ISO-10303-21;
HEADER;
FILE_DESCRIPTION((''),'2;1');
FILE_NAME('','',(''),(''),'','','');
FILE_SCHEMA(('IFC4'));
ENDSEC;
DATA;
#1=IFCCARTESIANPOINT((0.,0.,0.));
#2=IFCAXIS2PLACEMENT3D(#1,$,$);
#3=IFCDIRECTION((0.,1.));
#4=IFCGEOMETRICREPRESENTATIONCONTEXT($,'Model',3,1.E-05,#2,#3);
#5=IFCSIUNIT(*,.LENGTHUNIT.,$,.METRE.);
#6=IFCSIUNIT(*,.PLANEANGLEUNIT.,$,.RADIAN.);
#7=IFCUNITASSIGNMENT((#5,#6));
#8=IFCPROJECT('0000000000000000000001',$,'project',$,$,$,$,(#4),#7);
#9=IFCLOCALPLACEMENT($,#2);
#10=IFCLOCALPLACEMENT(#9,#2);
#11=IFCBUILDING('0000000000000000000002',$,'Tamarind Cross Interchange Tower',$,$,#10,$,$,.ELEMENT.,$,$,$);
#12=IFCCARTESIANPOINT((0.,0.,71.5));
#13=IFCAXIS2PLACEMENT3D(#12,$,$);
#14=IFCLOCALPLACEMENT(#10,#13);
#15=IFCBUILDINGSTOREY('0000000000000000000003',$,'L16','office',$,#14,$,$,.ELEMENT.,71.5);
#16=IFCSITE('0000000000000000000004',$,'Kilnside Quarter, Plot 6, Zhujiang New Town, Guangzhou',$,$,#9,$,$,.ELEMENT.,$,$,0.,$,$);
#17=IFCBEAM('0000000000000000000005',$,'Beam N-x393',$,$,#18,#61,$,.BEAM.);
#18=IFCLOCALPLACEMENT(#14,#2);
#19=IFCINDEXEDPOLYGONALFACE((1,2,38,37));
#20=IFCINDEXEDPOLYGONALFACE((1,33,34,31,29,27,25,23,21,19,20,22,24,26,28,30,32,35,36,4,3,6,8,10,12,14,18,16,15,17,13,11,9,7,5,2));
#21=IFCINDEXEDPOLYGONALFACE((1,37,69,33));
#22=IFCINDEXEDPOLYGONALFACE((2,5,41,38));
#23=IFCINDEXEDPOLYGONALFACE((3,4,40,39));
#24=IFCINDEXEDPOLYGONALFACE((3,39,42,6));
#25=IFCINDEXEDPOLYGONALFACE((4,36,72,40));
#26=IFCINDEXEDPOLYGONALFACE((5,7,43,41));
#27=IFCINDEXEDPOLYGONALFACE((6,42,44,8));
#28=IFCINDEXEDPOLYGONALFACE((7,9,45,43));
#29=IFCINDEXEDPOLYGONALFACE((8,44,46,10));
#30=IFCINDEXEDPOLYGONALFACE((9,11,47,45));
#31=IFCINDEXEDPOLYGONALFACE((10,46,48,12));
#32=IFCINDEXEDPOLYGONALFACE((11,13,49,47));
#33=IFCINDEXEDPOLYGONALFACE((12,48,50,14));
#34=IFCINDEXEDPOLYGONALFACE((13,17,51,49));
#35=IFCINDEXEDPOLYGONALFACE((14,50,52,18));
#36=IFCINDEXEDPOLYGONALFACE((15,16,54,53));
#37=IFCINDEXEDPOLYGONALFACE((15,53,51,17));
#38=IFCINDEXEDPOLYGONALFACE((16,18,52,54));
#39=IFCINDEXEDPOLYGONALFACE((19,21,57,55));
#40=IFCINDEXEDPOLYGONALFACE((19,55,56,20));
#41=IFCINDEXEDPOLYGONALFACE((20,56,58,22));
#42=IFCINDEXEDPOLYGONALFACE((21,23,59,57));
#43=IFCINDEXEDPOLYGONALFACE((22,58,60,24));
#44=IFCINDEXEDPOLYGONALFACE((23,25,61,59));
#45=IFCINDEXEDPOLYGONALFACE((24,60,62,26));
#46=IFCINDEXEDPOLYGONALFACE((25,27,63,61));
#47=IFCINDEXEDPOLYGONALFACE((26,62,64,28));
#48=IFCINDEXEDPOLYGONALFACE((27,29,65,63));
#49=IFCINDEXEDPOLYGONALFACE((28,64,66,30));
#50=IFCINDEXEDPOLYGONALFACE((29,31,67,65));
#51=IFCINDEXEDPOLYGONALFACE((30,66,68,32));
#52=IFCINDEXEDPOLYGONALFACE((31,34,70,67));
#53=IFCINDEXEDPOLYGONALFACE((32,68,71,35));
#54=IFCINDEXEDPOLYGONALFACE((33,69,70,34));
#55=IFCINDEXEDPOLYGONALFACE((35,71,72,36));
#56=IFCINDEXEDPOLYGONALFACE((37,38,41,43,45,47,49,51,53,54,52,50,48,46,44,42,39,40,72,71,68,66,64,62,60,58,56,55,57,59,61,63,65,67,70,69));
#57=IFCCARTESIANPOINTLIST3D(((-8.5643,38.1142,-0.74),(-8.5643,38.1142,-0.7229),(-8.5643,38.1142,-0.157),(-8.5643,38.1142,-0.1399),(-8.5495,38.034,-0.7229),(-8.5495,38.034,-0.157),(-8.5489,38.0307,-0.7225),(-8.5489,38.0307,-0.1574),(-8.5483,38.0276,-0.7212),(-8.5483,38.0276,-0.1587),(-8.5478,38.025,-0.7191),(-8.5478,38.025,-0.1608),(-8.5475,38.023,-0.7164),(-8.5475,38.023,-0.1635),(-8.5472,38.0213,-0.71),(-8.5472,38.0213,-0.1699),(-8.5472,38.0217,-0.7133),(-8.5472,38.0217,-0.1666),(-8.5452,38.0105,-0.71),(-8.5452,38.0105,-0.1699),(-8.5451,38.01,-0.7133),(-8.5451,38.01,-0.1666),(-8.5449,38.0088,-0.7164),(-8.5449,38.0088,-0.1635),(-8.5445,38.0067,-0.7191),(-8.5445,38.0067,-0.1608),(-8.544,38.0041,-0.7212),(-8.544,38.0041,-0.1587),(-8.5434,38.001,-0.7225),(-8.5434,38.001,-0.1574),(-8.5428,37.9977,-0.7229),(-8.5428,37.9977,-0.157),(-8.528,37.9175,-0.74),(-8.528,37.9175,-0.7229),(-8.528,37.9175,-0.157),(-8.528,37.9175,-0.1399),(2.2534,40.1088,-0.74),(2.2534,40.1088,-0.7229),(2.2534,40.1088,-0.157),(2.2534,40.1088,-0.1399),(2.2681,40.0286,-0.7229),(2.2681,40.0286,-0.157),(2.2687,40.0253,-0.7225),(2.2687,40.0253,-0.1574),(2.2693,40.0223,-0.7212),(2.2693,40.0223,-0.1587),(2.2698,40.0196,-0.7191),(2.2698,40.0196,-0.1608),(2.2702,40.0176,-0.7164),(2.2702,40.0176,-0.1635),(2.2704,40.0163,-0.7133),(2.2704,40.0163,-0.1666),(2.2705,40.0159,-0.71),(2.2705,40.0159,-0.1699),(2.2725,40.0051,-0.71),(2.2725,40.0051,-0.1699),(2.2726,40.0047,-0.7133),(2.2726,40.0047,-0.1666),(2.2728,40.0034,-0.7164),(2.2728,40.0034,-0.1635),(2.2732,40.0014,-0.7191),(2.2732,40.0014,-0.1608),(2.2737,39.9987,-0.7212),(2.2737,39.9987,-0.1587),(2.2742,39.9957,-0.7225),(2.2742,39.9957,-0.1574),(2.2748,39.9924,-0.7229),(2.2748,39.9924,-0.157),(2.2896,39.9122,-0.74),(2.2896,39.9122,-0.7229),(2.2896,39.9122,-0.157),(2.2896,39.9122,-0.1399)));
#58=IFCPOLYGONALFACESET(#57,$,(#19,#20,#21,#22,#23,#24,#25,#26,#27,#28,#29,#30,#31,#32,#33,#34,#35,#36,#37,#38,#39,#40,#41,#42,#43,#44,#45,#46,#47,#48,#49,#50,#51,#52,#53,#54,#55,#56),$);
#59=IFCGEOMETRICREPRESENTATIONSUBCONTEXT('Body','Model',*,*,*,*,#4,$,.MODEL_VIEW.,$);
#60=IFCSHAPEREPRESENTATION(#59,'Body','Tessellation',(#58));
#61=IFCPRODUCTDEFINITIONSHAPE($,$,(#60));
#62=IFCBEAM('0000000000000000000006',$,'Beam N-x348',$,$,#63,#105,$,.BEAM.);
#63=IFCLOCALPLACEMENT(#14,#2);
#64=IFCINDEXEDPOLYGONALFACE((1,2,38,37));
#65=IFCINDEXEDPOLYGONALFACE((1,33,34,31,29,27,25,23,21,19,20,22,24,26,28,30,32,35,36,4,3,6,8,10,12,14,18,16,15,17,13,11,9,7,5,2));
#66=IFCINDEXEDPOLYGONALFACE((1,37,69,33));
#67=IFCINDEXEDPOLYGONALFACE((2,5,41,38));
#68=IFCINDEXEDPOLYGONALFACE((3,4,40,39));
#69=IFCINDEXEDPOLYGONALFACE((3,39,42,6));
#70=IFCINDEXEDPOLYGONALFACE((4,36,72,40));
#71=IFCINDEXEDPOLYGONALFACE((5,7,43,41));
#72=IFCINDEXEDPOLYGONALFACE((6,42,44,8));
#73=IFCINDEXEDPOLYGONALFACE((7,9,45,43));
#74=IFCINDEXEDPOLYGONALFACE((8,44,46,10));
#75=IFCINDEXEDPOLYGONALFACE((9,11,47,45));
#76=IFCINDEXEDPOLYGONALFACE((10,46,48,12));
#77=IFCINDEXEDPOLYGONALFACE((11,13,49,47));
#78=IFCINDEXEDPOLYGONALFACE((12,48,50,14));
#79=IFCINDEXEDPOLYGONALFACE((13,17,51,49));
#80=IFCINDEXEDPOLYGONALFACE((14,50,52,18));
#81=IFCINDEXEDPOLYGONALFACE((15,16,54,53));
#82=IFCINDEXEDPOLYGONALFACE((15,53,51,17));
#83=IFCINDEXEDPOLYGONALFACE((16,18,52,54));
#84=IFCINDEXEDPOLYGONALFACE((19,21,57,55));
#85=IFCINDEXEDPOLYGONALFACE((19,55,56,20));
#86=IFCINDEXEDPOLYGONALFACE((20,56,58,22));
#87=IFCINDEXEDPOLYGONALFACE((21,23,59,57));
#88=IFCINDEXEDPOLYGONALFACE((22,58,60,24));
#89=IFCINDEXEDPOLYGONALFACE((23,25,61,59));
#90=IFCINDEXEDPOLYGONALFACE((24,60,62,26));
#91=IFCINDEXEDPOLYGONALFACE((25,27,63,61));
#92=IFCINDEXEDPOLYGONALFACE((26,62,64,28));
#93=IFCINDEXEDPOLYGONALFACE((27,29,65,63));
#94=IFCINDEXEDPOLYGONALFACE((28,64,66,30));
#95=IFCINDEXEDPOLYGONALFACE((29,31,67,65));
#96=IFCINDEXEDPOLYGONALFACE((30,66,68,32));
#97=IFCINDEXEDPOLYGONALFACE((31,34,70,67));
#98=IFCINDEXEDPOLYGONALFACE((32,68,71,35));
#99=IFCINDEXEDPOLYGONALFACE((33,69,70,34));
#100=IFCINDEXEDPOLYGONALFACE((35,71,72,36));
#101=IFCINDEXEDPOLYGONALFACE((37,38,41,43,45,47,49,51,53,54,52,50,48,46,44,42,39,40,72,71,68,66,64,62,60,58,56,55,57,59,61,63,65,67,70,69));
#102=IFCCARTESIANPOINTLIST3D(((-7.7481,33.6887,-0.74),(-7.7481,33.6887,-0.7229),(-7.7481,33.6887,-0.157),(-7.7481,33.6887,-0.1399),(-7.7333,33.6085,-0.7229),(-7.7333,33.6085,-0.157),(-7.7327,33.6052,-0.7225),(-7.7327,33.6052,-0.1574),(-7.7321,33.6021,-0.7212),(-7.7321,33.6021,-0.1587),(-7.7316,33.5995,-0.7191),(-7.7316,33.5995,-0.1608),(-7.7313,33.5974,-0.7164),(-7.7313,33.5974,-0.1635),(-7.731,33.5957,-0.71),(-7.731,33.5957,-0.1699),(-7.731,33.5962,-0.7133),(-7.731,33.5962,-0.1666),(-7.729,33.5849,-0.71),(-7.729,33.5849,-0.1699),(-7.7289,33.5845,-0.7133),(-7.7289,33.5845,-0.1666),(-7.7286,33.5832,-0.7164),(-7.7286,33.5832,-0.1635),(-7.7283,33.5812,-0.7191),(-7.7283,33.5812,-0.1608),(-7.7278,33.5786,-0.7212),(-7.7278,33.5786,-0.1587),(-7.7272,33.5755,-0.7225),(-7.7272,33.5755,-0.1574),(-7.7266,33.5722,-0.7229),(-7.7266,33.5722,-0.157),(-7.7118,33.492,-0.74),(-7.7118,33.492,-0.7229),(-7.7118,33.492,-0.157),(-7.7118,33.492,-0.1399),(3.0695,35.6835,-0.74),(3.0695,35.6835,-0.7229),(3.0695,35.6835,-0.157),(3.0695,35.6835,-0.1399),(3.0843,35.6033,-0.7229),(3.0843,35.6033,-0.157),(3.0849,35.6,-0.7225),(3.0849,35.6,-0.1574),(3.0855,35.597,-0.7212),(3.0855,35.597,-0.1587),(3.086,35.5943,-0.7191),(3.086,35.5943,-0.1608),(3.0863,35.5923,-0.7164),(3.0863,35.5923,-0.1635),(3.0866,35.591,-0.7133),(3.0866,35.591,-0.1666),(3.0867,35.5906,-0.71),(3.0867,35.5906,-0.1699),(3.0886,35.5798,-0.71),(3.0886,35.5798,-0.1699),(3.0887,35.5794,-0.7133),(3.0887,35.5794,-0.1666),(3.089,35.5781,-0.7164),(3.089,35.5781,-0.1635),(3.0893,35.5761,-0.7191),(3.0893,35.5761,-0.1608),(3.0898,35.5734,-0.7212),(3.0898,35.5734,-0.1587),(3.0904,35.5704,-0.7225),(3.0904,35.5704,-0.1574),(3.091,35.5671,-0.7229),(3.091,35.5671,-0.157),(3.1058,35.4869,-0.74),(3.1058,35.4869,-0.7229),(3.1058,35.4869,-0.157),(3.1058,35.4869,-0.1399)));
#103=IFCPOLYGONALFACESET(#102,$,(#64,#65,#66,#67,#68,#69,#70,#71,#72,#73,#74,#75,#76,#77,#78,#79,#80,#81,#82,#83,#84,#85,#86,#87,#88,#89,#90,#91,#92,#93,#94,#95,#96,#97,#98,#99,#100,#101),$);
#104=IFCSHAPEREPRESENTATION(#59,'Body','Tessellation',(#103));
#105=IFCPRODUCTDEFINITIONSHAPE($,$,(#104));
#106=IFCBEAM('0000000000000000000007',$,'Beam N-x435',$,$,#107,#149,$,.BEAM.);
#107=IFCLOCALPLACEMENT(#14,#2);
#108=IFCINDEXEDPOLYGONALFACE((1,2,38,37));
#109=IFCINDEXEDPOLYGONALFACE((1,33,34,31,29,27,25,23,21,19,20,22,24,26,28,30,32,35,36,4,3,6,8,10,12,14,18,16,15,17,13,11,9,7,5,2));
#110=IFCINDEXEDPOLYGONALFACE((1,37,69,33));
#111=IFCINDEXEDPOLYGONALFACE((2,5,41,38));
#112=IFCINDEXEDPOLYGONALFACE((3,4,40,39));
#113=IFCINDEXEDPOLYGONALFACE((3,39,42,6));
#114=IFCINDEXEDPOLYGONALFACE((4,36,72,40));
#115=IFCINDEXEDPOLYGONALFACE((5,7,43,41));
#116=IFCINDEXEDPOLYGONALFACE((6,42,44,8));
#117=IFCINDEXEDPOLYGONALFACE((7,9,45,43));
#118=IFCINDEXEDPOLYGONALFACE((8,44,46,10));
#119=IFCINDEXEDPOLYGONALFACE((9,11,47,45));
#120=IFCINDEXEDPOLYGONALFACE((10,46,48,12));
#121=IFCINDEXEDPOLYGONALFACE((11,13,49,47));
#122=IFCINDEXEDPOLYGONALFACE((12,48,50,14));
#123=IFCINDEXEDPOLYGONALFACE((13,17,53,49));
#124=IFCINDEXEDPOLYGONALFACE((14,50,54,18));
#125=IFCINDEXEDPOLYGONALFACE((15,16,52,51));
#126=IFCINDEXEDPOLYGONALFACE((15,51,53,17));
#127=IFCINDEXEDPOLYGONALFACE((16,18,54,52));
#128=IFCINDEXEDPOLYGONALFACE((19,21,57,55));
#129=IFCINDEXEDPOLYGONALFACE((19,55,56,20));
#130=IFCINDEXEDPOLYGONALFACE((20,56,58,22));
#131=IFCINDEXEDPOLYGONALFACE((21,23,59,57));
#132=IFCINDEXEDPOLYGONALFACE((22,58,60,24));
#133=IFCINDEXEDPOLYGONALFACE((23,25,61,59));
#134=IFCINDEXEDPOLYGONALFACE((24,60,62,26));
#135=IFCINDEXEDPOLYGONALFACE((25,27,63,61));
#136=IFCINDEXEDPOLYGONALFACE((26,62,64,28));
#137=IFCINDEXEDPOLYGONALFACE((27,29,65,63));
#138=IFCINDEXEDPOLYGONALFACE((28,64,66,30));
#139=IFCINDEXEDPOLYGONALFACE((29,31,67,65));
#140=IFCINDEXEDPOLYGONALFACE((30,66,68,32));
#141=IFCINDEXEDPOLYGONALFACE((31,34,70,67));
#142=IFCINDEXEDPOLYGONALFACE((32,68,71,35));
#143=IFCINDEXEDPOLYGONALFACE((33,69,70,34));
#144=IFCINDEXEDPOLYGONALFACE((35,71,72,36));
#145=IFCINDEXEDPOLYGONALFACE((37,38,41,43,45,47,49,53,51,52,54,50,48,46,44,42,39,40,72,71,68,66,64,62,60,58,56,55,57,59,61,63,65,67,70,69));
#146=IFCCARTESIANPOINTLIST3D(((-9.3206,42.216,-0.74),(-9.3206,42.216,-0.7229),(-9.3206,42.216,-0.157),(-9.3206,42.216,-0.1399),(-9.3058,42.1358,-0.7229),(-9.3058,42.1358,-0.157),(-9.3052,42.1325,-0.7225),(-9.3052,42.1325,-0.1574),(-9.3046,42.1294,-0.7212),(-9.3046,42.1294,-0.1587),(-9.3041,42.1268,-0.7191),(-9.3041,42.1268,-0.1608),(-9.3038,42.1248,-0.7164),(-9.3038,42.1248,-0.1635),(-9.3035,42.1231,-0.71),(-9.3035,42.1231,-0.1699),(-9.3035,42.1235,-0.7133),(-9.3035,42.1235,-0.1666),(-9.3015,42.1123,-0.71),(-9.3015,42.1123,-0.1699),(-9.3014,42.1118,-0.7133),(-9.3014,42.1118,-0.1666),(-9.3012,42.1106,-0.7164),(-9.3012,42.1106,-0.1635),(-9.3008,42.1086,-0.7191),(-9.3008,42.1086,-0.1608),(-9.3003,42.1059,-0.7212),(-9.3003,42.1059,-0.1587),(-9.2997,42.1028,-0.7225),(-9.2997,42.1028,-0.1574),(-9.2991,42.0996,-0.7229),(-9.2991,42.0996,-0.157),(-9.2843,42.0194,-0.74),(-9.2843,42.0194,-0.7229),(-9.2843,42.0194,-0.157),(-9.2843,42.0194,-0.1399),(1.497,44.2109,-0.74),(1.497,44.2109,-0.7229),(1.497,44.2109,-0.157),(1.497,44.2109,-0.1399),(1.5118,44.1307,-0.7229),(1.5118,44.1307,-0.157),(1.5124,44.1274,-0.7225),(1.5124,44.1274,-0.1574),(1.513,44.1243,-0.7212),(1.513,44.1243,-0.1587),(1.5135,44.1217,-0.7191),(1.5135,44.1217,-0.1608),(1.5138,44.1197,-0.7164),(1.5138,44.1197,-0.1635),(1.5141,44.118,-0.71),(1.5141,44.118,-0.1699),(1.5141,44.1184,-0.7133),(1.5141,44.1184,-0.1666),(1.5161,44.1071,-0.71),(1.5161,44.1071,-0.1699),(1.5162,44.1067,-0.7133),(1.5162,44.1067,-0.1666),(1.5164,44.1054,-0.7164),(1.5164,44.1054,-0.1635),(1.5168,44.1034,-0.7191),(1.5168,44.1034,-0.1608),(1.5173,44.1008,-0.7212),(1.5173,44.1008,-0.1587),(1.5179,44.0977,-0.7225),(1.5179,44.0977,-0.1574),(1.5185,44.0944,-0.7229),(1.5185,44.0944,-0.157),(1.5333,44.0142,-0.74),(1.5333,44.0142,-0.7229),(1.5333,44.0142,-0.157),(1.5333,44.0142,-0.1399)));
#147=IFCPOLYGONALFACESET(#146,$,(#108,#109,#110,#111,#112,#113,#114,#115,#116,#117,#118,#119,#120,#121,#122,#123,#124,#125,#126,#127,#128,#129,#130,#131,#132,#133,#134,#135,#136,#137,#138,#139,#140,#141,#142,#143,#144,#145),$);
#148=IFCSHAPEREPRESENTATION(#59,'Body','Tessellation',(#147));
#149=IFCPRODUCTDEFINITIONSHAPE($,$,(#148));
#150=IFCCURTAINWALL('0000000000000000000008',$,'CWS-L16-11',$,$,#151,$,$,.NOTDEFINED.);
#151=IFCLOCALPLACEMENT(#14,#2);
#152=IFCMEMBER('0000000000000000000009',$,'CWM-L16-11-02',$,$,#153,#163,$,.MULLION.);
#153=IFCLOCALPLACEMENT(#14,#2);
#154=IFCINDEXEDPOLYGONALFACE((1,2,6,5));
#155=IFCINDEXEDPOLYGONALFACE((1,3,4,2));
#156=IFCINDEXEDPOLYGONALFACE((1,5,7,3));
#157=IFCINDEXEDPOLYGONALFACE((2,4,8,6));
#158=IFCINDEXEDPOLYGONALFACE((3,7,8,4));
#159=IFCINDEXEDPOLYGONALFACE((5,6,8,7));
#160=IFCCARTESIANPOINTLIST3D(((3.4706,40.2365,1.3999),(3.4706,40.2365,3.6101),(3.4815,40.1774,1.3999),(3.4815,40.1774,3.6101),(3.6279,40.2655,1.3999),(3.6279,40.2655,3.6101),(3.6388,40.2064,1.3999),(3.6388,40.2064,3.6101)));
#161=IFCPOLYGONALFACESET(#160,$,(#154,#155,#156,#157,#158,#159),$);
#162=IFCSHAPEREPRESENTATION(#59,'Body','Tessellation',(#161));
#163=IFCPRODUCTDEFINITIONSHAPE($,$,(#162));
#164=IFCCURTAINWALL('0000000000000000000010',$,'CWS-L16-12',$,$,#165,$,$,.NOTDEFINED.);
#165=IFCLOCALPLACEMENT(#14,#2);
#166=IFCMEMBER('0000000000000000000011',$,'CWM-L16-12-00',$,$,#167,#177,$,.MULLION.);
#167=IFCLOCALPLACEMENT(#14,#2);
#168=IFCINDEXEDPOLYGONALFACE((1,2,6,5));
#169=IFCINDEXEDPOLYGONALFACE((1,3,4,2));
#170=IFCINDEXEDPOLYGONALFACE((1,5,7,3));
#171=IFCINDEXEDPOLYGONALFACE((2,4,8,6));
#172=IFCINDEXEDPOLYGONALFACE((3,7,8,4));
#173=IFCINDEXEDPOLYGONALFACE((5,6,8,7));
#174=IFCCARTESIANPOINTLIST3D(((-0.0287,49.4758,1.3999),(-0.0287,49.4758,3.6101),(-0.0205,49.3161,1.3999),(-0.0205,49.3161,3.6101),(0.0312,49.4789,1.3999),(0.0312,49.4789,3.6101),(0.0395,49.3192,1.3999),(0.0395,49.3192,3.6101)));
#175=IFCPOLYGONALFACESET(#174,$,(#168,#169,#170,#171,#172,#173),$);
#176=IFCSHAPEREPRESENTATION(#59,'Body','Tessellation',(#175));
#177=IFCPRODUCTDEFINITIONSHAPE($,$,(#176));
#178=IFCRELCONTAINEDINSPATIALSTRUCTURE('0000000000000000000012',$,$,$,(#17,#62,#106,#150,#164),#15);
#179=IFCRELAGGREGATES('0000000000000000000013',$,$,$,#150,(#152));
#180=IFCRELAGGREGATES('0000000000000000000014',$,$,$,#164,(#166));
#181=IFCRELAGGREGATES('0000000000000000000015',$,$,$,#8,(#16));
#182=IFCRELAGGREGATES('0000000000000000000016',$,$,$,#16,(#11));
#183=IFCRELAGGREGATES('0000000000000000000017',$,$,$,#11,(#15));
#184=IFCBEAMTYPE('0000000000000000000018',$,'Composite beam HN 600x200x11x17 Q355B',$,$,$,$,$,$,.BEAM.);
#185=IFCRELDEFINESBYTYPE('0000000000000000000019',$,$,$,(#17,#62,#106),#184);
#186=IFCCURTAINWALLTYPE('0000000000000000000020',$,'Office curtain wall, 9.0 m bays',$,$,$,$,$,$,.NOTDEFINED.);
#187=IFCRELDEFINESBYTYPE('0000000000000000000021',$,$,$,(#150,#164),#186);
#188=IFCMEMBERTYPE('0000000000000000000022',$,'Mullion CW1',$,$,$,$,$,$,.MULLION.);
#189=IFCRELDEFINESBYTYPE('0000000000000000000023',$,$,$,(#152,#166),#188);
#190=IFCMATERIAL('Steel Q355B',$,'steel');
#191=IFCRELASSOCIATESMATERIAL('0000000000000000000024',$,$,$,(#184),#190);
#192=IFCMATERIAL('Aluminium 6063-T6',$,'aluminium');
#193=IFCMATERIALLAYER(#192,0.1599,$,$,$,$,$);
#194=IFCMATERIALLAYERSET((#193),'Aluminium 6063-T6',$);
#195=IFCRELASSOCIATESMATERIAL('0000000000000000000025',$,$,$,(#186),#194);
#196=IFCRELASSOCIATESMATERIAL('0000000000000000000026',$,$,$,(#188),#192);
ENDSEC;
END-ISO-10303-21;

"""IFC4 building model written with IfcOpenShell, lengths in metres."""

from ifc_helpers import new_model, si_unit, direction, frame, origin, origin_2d, place, context, subcontext, project, spatial, rectangle, i_section, extrude, material, layer, layer_set, material_profile, profile_set, type_object, element, aggregate, save


model = new_model("IFC4")

# Units and contexts
model_context = context("Model", 3, precision=1e-05, world=origin(), true_north=direction((0.0, 1.0)))
body_context = subcontext(model_context, "Body", "Model", "MODEL_VIEW")
ifc_project = project(units=[si_unit("LENGTHUNIT", "METRE"), si_unit("PLANEANGLEUNIT", "RADIAN")], contexts=[model_context])

# Site, building, storey
site_placement = place(None, origin())
site = spatial("IfcSite", under=ifc_project, at=site_placement, Name="Kilnside Quarter, Plot 6, Zhujiang New Town, Guangzhou", CompositionType="ELEMENT", RefElevation=0.0)
building_placement = place(site_placement, origin())
building = spatial("IfcBuilding", under=site, at=building_placement, Name="Tamarind Cross Interchange Tower", CompositionType="ELEMENT")
storey_placement = place(building_placement, frame((0.0, 0.0, 71.5)))
storey = spatial("IfcBuildingStorey", under=building, at=storey_placement, Name="L16", Description="office", CompositionType="ELEMENT", Elevation=71.5)

# Beams
ifc_material_1 = material(Name="Steel Q355B", Category="steel")
ifc_material_profile_1 = material_profile(ifc_material_1, i_section(OverallWidth=0.2, OverallDepth=0.6001, WebThickness=0.011, FlangeThickness=0.0171, FilletRadius=0.0129, at=origin_2d()), Name="HN 600x200x11x17")
ifc_profile_set_1 = profile_set([ifc_material_profile_1], Name="Steel Q355B")
beam_type_1 = type_object("IfcBeamType", Name="Composite beam HN 600x200x11x17 Q355B", PredefinedType="BEAM", material=ifc_profile_set_1)
for number, where, z_axis, x_axis, name in (
    (1, (2.2715, 40.0105, -0.4399), (-0.983422, -0.18133, 0.0), (0.18133, -0.983422, 0.0), "Beam N-x393"),
    (2, (3.0876, 35.5852, -0.4399), (-0.983418, -0.181352, 0.0), (0.181352, -0.983418, 0.0), "Beam N-x348"),
    (3, (1.5151, 44.1125, -0.4399), (-0.983418, -0.181352, 0.0), (0.181352, -0.983418, 0.0), "Beam N-x435"),
):
    element("IfcBeam", number, at=place(storey_placement, frame(where, z_axis=z_axis, x_axis=x_axis)), inside=storey, type_object=beam_type_1, Name=name, PredefinedType="BEAM", context=body_context, shape_type="SweptSolid", body=[
        extrude(i_section(OverallWidth=0.2, OverallDepth=0.6001, WebThickness=0.011, FlangeThickness=0.0171, FilletRadius=0.0129, at=origin_2d()), origin(), (0.0, 0.0, 1.0), 11.0),
    ])

# Curtain walls, members
ifc_material_2 = material(Name="Aluminium 6063-T6", Category="aluminium")
ifc_layer_1 = layer(ifc_material_2, 0.1599)
ifc_layer_set_1 = layer_set([ifc_layer_1], Name="Aluminium 6063-T6")
curtain_wall_type = type_object("IfcCurtainWallType", Name="Office curtain wall, 9.0 m bays", PredefinedType="NOTDEFINED", material=ifc_layer_set_1)
curtain_wall_1_placement = place(storey_placement, origin())
curtain_wall_1 = element("IfcCurtainWall", 4, at=curtain_wall_1_placement, inside=storey, type_object=curtain_wall_type, Name="CWS-L16-11", PredefinedType="NOTDEFINED")
ifc_material_profile_2 = material_profile(ifc_material_2, rectangle(XDim=0.0601, YDim=0.1599, at=origin_2d()), Name="Mullion CW1")
ifc_profile_set_2 = profile_set([ifc_material_profile_2], Name="Aluminium 6063-T6")
member_type = type_object("IfcMemberType", Name="Mullion CW1", PredefinedType="MULLION", material=ifc_profile_set_2)
member_1_placement = place(storey_placement, frame((3.5547, 40.2214, 1.3999), z_axis=(0.0, 0.0, 1.0), x_axis=(-0.181343, 0.98342, 0.0)))
member_1 = element("IfcMember", 5, at=member_1_placement, type_object=member_type, Name="CWM-L16-11-02", PredefinedType="MULLION", context=body_context, shape_type="SweptSolid", body=[
    extrude(rectangle(XDim=0.0601, YDim=0.1599, at=origin_2d()), origin(), (0.0, 0.0, 1.0), 2.2102),
])
aggregate(curtain_wall_1, [member_1])
curtain_wall_2_placement = place(storey_placement, origin())
curtain_wall_2 = element("IfcCurtainWall", 6, at=curtain_wall_2_placement, inside=storey, type_object=curtain_wall_type, Name="CWS-L16-12", PredefinedType="NOTDEFINED")
member_2_placement = place(storey_placement, frame((0.0054, 49.3975, 1.3999), z_axis=(0.0, 0.0, 1.0), x_axis=(-0.998677, -0.05143, 0.0)))
member_2 = element("IfcMember", 7, at=member_2_placement, type_object=member_type, Name="CWM-L16-12-00", PredefinedType="MULLION", context=body_context, shape_type="SweptSolid", body=[
    extrude(rectangle(XDim=0.0601, YDim=0.1599, at=origin_2d()), origin(), (0.0, 0.0, 1.0), 2.2102),
])
aggregate(curtain_wall_2, [member_2])

save(model, "model.ifc")
